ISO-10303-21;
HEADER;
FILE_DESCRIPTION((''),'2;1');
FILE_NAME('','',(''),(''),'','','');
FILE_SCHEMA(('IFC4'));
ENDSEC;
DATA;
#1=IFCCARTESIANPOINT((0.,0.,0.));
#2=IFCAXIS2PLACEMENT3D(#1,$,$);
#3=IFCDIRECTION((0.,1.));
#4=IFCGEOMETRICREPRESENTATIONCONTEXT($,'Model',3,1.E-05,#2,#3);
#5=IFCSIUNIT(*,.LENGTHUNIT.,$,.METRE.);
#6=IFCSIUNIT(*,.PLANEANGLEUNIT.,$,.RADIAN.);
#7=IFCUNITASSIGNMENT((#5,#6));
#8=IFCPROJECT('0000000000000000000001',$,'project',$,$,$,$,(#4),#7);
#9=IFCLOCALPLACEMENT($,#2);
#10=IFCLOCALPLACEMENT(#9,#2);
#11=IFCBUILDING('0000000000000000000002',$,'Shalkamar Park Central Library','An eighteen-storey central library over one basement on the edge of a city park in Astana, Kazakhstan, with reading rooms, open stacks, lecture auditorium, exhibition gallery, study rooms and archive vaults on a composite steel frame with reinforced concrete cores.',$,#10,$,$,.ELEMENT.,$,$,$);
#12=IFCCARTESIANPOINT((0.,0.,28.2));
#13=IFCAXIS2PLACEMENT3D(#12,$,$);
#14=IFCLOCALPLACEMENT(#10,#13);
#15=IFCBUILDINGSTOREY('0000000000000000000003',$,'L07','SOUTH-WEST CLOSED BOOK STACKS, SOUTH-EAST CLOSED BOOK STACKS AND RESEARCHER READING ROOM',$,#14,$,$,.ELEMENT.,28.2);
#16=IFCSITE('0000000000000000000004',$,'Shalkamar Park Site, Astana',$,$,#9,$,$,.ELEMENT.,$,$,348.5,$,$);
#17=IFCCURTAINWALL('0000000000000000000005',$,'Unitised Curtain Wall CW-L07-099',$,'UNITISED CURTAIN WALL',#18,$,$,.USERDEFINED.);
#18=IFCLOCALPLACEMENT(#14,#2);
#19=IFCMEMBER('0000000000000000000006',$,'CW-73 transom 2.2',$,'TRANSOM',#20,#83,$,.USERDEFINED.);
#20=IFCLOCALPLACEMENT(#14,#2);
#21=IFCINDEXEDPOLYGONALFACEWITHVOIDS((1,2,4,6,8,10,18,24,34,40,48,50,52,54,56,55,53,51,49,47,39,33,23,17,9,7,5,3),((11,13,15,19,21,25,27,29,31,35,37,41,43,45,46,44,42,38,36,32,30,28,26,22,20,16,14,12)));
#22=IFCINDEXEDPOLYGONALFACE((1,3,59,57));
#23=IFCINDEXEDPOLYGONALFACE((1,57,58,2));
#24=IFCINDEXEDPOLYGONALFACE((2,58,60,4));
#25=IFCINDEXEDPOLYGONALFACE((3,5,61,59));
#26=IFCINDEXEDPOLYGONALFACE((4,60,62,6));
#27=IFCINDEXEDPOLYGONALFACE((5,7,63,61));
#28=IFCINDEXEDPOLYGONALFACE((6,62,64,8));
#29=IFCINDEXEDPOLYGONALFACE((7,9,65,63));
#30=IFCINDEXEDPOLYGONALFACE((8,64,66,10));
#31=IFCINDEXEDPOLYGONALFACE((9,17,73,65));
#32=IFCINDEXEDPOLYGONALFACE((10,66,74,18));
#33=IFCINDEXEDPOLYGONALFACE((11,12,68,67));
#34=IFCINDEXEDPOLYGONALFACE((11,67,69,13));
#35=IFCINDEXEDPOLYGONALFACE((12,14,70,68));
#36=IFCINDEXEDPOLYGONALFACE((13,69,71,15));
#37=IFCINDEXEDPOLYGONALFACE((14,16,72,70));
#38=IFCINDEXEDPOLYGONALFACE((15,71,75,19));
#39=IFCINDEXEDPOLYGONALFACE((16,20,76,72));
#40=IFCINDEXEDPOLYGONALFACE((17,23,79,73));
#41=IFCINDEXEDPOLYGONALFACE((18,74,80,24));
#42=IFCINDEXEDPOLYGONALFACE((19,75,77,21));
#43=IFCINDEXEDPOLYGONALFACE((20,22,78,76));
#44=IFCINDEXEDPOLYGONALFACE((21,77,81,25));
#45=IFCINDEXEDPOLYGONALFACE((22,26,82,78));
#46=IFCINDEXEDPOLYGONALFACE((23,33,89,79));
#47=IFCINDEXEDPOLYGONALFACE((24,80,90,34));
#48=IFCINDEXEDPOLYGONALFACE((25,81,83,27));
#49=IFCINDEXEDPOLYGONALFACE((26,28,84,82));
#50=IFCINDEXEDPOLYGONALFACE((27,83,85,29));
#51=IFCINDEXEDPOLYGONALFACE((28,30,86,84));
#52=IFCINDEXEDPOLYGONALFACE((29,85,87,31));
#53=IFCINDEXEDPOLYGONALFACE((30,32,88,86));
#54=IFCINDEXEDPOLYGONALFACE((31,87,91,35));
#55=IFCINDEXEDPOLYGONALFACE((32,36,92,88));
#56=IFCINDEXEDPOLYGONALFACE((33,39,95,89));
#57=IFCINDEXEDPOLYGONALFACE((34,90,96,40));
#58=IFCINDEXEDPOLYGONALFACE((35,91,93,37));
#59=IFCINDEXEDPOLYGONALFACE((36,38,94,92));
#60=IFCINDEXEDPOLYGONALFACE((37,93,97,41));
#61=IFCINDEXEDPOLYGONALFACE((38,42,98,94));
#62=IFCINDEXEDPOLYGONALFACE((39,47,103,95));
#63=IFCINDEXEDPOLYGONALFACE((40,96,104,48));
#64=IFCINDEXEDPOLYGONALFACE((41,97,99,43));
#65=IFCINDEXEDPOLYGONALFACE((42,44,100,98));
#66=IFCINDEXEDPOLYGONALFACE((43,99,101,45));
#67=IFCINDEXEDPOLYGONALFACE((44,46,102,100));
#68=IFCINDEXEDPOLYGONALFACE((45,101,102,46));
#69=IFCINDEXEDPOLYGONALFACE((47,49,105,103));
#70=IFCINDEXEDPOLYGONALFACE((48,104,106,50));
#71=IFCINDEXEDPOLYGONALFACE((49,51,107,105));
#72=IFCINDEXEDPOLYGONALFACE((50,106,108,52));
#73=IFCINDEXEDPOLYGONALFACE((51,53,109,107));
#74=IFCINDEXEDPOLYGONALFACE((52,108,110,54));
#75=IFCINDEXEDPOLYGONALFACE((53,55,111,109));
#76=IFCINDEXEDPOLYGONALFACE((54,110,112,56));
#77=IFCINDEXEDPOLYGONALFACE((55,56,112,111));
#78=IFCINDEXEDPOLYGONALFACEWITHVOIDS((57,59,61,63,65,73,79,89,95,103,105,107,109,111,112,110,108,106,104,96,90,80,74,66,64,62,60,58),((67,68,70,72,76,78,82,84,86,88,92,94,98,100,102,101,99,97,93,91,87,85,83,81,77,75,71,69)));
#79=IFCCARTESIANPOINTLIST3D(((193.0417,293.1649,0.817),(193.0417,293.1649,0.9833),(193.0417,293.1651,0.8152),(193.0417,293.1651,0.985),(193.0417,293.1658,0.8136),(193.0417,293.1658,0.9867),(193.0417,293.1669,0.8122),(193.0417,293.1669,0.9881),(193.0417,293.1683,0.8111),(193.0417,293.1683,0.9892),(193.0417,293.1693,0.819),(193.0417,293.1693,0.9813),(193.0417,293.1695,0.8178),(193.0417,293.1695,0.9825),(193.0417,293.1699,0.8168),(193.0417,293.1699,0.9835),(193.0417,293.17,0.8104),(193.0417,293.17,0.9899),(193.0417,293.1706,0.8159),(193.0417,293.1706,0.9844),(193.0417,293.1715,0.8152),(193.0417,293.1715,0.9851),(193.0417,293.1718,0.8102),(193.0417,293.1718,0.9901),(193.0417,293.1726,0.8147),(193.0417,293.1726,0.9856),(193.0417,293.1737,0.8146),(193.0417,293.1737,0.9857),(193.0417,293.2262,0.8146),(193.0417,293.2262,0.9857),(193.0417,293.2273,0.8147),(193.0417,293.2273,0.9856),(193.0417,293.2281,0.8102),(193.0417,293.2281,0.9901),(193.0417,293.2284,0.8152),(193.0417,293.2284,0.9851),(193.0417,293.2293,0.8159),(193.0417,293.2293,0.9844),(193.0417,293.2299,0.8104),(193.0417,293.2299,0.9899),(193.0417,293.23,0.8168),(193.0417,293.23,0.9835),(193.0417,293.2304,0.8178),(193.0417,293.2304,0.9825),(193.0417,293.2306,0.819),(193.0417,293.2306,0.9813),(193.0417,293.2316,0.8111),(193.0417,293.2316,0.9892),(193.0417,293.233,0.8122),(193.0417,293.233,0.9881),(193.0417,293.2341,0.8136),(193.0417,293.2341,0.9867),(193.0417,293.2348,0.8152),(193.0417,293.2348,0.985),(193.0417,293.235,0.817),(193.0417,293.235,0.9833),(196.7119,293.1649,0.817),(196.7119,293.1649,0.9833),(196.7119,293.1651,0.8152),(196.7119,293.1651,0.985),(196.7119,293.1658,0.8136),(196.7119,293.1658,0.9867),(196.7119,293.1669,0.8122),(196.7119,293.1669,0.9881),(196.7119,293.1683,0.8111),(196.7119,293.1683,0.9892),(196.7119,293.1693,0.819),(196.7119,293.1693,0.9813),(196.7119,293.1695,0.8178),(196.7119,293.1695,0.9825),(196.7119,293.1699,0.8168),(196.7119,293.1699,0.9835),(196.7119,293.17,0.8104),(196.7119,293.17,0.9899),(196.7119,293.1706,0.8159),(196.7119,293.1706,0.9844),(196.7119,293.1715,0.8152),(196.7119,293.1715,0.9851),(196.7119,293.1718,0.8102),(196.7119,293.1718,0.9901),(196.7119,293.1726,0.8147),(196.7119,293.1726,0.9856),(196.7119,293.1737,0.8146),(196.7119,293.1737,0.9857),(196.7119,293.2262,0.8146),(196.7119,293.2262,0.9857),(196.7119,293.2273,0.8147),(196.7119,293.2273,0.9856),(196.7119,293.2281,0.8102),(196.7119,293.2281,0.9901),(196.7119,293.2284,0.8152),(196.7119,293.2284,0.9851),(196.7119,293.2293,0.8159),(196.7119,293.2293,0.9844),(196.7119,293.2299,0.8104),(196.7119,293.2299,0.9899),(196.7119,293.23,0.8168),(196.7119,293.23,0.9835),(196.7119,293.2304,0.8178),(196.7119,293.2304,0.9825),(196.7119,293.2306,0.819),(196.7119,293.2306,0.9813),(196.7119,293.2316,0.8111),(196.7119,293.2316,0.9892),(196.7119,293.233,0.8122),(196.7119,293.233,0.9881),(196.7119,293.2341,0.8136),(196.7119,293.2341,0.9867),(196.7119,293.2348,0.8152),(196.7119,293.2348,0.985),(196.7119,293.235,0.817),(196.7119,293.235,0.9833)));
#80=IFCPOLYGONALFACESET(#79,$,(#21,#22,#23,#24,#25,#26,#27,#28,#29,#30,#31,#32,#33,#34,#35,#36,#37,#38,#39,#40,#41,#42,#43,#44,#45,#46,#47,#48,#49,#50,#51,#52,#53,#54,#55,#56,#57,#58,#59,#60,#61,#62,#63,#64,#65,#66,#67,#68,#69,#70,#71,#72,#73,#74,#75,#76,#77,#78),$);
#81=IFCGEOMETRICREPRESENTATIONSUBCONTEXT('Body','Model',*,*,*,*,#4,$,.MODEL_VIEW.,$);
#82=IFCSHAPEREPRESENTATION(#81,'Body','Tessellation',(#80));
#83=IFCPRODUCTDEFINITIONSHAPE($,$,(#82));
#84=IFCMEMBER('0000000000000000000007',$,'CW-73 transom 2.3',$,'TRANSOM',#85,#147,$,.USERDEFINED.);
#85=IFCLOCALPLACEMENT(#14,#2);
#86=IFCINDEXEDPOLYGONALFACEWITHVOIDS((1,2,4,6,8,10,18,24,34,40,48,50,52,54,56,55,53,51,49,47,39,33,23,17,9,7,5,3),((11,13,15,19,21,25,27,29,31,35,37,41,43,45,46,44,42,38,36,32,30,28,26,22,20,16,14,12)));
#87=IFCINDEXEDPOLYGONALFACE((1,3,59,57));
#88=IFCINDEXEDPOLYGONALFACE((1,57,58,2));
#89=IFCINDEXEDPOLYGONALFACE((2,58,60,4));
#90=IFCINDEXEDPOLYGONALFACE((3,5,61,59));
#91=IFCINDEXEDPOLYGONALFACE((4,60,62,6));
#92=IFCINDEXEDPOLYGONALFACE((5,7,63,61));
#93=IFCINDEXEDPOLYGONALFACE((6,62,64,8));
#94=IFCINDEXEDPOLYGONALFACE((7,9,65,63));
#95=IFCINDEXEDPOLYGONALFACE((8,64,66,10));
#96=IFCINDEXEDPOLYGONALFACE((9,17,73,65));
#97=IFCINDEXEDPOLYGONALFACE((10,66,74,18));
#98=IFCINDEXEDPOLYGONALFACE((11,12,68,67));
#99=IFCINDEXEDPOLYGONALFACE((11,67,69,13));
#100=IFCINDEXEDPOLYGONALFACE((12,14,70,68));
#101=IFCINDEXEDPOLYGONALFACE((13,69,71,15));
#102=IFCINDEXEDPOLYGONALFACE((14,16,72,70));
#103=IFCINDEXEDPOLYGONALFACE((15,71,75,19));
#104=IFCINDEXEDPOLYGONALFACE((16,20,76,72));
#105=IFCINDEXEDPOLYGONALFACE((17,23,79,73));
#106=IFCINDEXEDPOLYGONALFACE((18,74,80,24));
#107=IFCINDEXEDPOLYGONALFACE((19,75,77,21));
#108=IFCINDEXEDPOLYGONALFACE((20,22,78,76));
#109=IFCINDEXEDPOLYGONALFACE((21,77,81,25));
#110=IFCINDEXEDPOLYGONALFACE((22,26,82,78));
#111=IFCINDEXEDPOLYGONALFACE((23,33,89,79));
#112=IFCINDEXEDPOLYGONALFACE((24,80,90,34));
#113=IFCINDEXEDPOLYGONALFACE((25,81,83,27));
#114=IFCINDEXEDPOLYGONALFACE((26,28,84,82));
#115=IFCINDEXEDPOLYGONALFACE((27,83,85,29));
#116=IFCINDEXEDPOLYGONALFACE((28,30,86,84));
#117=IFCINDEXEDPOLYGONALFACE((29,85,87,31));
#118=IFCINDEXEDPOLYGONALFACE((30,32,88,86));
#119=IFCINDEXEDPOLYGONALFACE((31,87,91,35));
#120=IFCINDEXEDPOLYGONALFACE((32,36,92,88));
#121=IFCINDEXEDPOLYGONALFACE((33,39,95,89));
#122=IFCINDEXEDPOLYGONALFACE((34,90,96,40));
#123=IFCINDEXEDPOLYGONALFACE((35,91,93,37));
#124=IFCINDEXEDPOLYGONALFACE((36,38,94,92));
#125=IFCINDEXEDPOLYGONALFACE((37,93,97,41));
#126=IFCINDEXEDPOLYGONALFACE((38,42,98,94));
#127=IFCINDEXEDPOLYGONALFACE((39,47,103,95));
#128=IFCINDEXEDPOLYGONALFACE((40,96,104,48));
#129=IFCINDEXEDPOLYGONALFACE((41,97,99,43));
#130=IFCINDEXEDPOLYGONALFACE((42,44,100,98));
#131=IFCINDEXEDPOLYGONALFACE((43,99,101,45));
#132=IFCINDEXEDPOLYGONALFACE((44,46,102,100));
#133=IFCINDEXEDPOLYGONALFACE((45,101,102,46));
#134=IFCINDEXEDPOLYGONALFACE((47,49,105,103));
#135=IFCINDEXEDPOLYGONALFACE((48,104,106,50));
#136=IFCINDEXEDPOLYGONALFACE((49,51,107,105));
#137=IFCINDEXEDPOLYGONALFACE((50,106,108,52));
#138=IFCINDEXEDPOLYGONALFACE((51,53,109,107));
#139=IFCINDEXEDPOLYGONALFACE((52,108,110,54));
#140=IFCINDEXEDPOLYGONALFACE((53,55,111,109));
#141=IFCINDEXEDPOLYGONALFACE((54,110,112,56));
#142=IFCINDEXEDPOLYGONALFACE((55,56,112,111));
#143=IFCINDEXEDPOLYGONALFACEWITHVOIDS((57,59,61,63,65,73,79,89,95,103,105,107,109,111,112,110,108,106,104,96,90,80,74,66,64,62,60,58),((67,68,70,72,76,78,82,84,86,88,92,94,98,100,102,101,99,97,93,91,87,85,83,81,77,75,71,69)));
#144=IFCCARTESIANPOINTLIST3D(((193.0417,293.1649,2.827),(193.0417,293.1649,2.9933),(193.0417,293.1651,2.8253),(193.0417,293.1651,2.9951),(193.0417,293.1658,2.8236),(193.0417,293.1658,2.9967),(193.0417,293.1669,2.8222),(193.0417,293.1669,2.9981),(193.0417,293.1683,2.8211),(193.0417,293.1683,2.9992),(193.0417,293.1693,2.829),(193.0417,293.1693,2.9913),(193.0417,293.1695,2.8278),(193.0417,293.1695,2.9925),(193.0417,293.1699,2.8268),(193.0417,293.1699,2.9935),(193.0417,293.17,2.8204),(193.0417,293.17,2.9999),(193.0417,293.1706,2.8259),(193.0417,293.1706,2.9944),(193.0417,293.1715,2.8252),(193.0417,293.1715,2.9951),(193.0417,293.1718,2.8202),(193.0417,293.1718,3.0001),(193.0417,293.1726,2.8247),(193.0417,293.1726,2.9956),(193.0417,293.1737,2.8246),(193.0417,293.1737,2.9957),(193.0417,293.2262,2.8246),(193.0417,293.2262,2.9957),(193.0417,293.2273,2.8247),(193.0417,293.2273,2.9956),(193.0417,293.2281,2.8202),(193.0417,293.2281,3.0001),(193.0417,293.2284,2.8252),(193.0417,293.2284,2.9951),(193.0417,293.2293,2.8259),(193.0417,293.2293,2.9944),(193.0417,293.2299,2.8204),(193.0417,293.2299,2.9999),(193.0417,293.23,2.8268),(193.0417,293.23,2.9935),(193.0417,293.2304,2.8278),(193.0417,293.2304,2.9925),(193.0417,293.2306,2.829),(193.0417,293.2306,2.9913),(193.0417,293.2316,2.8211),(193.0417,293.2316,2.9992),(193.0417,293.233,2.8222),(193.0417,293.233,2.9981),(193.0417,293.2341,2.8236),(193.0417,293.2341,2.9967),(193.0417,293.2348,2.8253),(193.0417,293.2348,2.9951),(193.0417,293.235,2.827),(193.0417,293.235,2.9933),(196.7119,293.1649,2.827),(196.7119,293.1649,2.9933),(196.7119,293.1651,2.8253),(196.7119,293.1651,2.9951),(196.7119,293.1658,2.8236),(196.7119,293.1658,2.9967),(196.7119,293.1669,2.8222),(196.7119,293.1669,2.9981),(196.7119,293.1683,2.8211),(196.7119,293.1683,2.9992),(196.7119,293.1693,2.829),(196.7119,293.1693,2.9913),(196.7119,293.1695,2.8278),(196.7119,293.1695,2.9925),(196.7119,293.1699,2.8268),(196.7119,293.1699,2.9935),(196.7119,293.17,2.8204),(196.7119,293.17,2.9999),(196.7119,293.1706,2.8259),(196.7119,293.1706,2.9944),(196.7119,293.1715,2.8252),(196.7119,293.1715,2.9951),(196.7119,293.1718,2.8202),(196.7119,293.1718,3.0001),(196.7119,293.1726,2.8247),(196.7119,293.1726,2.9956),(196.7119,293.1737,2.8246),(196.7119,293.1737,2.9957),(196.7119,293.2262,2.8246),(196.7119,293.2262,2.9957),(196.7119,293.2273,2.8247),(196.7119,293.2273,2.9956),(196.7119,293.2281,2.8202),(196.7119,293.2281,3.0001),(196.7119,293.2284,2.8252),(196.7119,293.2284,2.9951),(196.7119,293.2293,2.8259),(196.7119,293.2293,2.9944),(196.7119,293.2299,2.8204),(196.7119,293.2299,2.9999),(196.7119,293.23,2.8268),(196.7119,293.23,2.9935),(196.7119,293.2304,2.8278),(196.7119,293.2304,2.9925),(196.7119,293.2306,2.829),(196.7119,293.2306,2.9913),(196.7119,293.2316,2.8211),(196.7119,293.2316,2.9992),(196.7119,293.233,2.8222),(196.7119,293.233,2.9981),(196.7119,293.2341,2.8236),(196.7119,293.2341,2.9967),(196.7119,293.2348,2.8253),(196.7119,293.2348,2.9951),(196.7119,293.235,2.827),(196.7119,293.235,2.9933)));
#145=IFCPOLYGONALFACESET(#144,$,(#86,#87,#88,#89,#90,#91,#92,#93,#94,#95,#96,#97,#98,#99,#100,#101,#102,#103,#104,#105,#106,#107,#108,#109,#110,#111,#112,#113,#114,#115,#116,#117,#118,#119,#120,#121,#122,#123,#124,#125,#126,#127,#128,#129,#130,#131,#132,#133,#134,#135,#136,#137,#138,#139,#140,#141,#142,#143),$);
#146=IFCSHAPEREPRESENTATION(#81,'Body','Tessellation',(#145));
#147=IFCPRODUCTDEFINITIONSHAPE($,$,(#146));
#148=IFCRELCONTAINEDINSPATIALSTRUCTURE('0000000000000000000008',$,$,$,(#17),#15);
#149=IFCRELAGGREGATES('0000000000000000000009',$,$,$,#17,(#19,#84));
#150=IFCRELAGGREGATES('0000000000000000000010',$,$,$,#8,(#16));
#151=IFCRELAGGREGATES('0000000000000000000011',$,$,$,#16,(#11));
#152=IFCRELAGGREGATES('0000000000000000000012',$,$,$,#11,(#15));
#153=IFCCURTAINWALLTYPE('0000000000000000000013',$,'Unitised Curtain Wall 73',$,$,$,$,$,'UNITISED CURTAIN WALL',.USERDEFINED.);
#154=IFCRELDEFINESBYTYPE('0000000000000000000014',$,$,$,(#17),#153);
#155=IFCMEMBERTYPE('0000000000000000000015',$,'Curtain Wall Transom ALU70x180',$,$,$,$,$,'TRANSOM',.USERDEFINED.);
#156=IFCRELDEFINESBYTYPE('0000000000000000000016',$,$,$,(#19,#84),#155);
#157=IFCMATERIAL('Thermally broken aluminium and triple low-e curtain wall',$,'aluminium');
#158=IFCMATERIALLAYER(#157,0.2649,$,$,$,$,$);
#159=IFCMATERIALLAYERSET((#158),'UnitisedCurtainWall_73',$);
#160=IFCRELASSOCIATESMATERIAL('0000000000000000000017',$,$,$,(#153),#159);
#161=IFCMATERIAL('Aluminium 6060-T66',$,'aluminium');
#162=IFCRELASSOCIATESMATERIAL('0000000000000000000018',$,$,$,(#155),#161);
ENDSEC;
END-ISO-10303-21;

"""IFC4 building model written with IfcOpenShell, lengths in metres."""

from ifc_helpers import new_model, si_unit, direction, frame, origin, origin_2d, place, context, subcontext, project, spatial, hollow_rectangle, extrude, material, layer, layer_set, material_profile, profile_set, type_object, element, aggregate, save


model = new_model("IFC4")

# Units and contexts
model_context = context("Model", 3, precision=1e-05, world=origin(), true_north=direction((0.0, 1.0)))
body_context = subcontext(model_context, "Body", "Model", "MODEL_VIEW")
ifc_project = project(units=[si_unit("LENGTHUNIT", "METRE"), si_unit("PLANEANGLEUNIT", "RADIAN")], contexts=[model_context])

# Site, building, storey
site_placement = place(None, origin())
site = spatial("IfcSite", under=ifc_project, at=site_placement, Name="Shalkamar Park Site, Astana", CompositionType="ELEMENT", RefElevation=348.5)
building_placement = place(site_placement, origin())
building = spatial("IfcBuilding", under=site, at=building_placement, Name="Shalkamar Park Central Library", Description="An eighteen-storey central library over one basement on the edge of a city park in Astana, Kazakhstan, with reading rooms, open stacks, lecture auditorium, exhibition gallery, study rooms and archive vaults on a composite steel frame with reinforced concrete cores.", CompositionType="ELEMENT")
storey_placement = place(building_placement, frame((0.0, 0.0, 28.2)))
storey = spatial("IfcBuildingStorey", under=building, at=storey_placement, Name="L07", Description="SOUTH-WEST CLOSED BOOK STACKS, SOUTH-EAST CLOSED BOOK STACKS AND RESEARCHER READING ROOM", CompositionType="ELEMENT", Elevation=28.2)

# Curtain wall
ifc_material_1 = material(Name="Thermally broken aluminium and triple low-e curtain wall", Category="aluminium")
ifc_layer_1 = layer(ifc_material_1, 0.2649)
ifc_layer_set_1 = layer_set([ifc_layer_1], Name="UnitisedCurtainWall_73")
curtain_wall_type_1 = type_object("IfcCurtainWallType", Name="Unitised Curtain Wall 73", ElementType="UNITISED CURTAIN WALL", PredefinedType="USERDEFINED", material=ifc_layer_set_1)
curtain_wall_1_placement = place(storey_placement, origin())
curtain_wall_1 = element("IfcCurtainWall", 1, at=curtain_wall_1_placement, inside=storey, type_object=curtain_wall_type_1, Name="Unitised Curtain Wall CW-L07-099", ObjectType="UNITISED CURTAIN WALL", PredefinedType="USERDEFINED")
ifc_material_2 = material(Name="Aluminium 6060-T66", Category="aluminium")

# Members
ifc_material_profile_1 = material_profile(ifc_material_2, hollow_rectangle(XDim=0.0701, YDim=0.1799, WallThickness=0.0044, InnerFilletRadius=0.0044, OuterFilletRadius=0.0068, at=origin_2d()), Name="ALU 70x180x4.5")
ifc_profile_set_1 = profile_set([ifc_material_profile_1], Name="Aluminium 6060-T66")
member_type_1 = type_object("IfcMemberType", Name="Curtain Wall Transom ALU70x180", ElementType="TRANSOM", PredefinedType="USERDEFINED", material=ifc_profile_set_1)
member_1_placement = place(storey_placement, frame((193.0417, 293.2, 0.9001), z_axis=(1.0, 0.0, 0.0), x_axis=(0.0, 1.0, 0.0)))
member_1 = element("IfcMember", 2, at=member_1_placement, type_object=member_type_1, Name="CW-73 transom 2.2", ObjectType="TRANSOM", PredefinedType="USERDEFINED", context=body_context, shape_type="SweptSolid", body=[
    extrude(hollow_rectangle(XDim=0.0701, YDim=0.1799, WallThickness=0.0044, InnerFilletRadius=0.0044, OuterFilletRadius=0.0068, at=origin_2d()), origin(), (0.0, 0.0, 1.0), 3.6702),
])
member_2_placement = place(storey_placement, frame((193.0417, 293.2, 2.9102), z_axis=(1.0, 0.0, 0.0), x_axis=(0.0, 1.0, 0.0)))
member_2 = element("IfcMember", 3, at=member_2_placement, type_object=member_type_1, Name="CW-73 transom 2.3", ObjectType="TRANSOM", PredefinedType="USERDEFINED", context=body_context, shape_type="SweptSolid", body=[
    extrude(hollow_rectangle(XDim=0.0701, YDim=0.1799, WallThickness=0.0044, InnerFilletRadius=0.0044, OuterFilletRadius=0.0068, at=origin_2d()), origin(), (0.0, 0.0, 1.0), 3.6702),
])

aggregate(curtain_wall_1, [member_1, member_2])

save(model, "model.ifc")
